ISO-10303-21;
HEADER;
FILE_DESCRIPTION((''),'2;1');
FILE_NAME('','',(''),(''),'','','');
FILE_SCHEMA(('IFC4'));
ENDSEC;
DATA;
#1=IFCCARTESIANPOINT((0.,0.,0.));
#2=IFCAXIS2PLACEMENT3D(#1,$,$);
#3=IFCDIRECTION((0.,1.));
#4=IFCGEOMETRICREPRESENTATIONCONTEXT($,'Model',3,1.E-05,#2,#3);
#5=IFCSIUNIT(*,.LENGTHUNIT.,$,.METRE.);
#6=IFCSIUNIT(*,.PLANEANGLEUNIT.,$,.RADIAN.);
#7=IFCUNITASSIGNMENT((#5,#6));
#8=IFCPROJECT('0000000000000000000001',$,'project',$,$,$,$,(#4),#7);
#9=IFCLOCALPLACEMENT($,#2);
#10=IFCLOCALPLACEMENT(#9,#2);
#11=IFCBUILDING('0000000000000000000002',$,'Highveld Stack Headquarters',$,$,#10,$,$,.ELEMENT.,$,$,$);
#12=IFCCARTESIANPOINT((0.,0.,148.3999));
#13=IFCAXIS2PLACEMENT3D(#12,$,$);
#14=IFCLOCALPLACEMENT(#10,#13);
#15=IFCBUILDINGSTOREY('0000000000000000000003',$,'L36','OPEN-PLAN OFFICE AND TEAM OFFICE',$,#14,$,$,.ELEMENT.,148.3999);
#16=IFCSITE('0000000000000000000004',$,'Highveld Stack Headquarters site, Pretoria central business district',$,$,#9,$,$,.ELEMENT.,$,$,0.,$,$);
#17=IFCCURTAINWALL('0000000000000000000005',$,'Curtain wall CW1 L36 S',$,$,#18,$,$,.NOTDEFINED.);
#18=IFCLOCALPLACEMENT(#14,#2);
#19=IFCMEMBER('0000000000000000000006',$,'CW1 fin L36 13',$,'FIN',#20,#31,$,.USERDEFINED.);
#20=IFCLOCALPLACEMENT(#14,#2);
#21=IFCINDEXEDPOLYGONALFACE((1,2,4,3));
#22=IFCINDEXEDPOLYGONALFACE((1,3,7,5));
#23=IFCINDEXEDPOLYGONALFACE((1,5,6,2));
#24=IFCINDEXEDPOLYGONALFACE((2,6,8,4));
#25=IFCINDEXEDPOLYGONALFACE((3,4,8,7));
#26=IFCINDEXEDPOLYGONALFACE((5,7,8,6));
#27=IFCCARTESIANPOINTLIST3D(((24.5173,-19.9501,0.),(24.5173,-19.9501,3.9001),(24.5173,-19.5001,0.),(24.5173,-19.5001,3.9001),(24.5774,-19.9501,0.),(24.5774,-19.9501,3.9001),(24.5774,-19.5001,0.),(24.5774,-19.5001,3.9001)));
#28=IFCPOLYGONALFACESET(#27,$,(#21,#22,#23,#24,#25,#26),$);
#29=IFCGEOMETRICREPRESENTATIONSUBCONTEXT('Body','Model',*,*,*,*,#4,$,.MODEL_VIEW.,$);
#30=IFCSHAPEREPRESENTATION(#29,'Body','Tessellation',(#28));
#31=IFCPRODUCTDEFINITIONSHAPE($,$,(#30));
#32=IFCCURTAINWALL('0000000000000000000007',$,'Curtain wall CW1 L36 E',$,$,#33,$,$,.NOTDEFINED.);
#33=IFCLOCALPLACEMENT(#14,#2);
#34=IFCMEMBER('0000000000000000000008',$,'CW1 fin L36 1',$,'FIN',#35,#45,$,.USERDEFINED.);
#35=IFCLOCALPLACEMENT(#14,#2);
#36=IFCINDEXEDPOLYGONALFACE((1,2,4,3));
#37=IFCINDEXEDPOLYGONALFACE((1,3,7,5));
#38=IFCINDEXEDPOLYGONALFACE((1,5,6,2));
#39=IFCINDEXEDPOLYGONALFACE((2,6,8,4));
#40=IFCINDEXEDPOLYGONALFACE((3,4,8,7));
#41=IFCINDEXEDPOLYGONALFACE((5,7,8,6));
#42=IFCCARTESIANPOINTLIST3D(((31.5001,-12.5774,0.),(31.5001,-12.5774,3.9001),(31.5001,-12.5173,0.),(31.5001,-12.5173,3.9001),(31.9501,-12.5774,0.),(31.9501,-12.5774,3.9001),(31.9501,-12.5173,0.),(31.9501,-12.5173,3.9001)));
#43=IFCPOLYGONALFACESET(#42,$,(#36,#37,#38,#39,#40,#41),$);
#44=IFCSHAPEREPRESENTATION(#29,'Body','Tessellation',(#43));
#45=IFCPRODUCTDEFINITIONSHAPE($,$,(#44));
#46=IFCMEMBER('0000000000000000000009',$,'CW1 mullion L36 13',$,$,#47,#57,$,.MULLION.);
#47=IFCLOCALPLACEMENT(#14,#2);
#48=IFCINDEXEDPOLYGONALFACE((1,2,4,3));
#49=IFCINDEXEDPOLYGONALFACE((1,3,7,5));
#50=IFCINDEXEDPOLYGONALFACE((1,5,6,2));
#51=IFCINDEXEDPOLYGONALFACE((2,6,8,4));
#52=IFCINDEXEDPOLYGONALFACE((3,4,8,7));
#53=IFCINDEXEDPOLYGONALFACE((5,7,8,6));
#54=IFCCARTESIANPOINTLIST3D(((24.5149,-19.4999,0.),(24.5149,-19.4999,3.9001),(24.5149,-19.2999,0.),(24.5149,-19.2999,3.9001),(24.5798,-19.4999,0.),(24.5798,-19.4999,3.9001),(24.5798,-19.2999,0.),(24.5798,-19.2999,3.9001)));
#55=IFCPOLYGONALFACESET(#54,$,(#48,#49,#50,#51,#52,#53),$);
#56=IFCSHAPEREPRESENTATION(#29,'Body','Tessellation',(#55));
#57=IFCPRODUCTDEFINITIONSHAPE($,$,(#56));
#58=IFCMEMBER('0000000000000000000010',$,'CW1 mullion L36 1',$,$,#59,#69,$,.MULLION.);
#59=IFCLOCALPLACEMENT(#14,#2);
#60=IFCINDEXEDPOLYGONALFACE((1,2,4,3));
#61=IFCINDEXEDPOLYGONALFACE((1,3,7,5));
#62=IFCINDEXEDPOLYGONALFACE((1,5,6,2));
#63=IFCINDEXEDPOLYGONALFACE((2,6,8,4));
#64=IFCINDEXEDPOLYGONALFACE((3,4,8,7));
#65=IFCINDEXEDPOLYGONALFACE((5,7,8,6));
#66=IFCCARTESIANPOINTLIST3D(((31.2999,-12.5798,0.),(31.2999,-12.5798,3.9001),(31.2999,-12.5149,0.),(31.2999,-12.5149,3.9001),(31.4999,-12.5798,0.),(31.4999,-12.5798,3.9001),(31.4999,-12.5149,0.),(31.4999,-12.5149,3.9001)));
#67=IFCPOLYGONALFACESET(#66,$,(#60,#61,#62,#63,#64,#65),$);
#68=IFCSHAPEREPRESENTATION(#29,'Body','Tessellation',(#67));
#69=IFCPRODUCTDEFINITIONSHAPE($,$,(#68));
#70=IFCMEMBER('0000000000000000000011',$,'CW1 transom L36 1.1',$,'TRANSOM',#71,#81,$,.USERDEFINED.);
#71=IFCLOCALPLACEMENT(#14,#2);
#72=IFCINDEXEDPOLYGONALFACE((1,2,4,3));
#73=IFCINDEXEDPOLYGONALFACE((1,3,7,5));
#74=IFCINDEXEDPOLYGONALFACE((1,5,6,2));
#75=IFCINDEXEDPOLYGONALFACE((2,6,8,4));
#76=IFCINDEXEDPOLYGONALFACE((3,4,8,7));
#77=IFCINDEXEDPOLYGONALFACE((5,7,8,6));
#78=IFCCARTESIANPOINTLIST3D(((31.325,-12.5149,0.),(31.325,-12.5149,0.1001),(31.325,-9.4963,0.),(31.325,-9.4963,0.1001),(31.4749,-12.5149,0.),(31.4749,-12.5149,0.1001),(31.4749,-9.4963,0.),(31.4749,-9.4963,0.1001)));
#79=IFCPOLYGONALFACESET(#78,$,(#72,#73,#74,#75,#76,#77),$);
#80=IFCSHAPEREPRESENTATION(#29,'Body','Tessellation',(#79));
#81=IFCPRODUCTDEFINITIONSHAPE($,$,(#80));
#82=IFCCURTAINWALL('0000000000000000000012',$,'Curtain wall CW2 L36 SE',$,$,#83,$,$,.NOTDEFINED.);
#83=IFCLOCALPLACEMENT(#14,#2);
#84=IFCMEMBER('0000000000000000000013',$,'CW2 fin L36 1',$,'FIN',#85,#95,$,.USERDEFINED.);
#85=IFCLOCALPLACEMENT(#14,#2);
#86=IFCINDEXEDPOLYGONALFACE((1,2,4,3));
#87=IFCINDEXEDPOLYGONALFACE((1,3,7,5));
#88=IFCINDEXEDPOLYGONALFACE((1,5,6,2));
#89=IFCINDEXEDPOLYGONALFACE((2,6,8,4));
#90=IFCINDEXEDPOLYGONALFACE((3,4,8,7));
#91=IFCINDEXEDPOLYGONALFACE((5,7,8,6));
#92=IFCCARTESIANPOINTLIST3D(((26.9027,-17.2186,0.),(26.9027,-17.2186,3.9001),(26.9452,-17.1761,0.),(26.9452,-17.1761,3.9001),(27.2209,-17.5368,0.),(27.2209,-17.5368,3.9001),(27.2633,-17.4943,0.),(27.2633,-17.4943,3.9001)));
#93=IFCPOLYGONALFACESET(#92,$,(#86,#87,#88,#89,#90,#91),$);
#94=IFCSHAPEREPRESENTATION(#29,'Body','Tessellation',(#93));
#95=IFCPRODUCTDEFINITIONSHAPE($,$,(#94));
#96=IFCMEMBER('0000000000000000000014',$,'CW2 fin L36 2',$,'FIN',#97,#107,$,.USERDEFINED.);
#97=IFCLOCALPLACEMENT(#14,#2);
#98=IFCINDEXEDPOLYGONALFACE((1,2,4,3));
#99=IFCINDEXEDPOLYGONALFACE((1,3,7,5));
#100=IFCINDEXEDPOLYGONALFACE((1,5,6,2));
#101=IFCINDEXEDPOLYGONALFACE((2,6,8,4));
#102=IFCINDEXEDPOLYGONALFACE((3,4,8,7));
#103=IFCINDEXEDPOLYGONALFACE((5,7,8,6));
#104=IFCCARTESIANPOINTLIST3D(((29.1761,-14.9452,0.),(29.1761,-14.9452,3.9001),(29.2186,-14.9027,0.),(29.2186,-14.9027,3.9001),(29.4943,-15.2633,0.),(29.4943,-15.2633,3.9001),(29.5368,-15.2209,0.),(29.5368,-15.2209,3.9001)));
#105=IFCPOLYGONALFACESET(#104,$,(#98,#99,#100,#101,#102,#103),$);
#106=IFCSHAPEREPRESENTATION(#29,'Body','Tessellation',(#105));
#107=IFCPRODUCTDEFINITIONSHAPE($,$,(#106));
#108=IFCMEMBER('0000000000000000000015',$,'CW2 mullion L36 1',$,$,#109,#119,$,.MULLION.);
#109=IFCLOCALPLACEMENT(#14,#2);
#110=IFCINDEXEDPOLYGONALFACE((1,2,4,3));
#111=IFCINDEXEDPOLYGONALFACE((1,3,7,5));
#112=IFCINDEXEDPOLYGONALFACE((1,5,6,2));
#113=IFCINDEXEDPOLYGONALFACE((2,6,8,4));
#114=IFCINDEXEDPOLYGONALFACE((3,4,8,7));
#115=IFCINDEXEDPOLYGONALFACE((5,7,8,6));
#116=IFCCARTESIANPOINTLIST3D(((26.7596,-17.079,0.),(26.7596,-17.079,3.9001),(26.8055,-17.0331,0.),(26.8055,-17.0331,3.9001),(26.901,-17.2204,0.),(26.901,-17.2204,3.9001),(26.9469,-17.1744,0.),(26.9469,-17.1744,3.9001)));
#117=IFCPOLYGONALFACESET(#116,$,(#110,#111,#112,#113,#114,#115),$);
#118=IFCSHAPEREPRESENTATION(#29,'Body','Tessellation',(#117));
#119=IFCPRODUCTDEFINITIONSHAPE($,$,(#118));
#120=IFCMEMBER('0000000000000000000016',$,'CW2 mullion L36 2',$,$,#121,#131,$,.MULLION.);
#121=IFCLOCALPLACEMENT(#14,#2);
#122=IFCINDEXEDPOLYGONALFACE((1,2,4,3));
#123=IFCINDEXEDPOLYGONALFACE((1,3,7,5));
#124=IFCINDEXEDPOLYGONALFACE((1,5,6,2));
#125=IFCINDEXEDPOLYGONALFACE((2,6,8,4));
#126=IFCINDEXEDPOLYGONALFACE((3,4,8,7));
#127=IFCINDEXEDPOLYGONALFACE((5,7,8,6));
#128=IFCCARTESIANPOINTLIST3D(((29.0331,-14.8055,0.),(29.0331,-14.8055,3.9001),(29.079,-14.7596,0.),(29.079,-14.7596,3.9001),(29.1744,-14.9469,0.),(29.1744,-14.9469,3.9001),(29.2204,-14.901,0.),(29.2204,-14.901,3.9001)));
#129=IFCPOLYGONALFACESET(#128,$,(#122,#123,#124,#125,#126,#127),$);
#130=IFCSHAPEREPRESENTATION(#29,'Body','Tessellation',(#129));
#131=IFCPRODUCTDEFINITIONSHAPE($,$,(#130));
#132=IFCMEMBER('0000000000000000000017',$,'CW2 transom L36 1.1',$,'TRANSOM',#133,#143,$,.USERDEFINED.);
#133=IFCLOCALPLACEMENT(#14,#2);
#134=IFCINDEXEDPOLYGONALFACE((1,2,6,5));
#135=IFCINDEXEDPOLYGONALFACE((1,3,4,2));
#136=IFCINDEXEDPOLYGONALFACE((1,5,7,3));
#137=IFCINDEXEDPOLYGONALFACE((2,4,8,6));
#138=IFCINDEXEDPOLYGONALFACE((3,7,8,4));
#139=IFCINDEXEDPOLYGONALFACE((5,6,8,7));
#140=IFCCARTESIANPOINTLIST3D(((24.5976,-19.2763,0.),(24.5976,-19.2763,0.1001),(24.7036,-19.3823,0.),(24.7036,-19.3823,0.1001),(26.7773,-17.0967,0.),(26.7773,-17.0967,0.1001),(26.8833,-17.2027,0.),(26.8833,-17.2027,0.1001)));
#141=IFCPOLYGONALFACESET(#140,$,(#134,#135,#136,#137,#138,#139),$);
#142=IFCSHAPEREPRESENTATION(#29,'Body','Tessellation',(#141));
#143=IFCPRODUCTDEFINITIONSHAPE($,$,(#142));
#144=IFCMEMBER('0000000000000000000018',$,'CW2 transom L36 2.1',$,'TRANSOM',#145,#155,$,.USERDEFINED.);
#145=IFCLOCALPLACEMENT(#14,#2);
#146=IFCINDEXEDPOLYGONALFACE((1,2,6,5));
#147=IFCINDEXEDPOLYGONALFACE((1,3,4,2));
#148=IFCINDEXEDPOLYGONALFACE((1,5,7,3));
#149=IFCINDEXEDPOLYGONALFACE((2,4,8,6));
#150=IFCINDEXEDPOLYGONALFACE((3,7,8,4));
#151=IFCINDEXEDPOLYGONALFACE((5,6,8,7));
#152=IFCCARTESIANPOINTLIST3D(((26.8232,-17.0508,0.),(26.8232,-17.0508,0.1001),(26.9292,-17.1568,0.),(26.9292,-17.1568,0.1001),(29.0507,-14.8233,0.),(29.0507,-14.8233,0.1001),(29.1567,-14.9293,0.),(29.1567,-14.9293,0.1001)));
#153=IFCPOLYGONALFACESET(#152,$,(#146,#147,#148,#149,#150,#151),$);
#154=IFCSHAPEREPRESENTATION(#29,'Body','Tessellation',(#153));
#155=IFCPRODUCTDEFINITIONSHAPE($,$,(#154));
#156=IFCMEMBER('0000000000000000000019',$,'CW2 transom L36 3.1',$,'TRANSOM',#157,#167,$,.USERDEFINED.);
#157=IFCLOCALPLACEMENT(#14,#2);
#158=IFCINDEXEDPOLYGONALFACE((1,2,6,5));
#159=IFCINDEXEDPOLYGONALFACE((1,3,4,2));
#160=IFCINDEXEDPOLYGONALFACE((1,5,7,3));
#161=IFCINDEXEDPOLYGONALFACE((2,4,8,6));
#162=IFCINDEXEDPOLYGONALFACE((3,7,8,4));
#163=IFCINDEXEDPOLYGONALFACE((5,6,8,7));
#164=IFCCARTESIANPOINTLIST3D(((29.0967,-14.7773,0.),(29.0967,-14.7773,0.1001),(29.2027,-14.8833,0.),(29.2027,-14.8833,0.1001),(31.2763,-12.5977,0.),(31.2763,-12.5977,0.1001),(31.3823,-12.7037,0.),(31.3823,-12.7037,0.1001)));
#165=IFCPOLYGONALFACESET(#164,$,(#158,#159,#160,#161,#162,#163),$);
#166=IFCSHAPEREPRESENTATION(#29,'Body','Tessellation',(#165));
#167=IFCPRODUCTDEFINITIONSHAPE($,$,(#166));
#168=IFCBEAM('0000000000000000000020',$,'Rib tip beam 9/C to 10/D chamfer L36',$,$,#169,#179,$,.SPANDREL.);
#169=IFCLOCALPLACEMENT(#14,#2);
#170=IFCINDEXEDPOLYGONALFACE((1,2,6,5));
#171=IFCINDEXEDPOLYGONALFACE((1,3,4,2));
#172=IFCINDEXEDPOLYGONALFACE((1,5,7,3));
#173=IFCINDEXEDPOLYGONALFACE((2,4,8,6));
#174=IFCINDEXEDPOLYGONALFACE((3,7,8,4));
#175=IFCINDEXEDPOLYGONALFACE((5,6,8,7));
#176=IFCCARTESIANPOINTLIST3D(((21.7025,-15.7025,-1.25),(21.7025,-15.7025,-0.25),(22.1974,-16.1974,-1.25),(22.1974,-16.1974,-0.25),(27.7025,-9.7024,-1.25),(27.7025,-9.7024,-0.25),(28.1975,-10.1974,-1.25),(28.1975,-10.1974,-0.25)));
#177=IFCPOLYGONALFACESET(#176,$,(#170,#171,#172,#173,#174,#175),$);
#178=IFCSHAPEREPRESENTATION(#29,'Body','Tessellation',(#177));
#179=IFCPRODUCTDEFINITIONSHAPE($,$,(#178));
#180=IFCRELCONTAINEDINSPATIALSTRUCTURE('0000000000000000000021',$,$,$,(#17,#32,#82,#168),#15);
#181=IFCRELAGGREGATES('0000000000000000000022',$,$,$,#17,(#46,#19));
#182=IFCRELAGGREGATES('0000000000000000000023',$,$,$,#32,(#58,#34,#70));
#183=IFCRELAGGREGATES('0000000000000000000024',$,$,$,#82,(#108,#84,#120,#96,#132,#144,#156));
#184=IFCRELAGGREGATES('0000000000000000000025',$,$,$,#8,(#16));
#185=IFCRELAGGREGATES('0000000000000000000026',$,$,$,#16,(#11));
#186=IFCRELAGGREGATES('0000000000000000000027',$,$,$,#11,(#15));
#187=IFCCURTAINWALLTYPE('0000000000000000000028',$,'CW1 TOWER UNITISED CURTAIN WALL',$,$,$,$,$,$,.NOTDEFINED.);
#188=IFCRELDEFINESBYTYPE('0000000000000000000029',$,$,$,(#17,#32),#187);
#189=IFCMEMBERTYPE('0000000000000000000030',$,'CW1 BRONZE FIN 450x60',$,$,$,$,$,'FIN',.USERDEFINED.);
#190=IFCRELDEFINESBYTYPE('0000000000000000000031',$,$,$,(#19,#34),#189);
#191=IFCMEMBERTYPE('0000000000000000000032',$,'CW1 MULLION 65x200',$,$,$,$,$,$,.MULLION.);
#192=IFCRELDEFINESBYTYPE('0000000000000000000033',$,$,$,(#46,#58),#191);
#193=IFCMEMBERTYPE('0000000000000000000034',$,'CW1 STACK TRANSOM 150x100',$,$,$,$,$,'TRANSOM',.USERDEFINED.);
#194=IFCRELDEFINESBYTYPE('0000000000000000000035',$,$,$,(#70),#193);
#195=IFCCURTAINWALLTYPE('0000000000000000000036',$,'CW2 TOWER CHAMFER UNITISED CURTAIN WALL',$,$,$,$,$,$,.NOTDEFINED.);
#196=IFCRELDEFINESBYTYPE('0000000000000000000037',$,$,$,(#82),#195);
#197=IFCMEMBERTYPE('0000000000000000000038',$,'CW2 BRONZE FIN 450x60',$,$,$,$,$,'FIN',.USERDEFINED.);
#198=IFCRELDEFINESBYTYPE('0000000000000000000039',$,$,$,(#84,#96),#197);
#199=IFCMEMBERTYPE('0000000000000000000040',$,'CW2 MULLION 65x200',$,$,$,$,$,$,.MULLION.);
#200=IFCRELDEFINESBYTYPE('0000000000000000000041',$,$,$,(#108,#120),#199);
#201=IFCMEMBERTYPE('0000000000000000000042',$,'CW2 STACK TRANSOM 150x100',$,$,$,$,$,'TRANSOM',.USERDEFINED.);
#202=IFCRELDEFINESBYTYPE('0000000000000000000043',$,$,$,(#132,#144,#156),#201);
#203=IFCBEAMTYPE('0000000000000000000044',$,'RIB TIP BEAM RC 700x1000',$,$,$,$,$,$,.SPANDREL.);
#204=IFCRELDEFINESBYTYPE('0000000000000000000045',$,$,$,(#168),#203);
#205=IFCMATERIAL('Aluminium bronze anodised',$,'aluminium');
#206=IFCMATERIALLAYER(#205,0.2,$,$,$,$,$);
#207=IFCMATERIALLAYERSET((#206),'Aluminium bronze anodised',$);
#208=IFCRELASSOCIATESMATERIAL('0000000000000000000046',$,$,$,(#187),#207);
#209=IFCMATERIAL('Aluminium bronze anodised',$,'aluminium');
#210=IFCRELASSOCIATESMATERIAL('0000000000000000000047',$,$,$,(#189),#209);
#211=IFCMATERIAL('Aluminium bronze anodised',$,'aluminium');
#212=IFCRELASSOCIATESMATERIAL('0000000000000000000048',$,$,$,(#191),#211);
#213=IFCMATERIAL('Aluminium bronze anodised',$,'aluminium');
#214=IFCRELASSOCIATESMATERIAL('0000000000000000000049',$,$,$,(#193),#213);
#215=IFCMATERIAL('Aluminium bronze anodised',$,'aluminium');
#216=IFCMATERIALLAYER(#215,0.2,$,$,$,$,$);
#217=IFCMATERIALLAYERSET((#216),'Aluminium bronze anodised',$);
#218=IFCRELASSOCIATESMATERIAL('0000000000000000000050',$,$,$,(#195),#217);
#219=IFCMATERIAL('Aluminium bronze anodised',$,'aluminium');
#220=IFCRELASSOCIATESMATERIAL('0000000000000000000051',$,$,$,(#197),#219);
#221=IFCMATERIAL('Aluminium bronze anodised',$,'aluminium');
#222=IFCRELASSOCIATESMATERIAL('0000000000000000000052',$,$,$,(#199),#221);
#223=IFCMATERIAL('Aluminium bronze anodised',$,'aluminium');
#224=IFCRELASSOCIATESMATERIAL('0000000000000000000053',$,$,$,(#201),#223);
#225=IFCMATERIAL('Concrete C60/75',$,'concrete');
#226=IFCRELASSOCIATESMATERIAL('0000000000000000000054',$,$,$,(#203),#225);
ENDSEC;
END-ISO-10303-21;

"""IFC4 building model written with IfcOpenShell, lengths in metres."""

from ifc_helpers import new_model, si_unit, direction, frame, origin, origin_2d, place, context, subcontext, project, spatial, rectangle, extrude, material, layer, layer_set, material_profile, profile_set, type_object, element, aggregate, save


model = new_model("IFC4")

# Units and contexts
model_context = context("Model", 3, precision=1e-05, world=origin(), true_north=direction((0.0, 1.0)))
body_context = subcontext(model_context, "Body", "Model", "MODEL_VIEW")
ifc_project = project(units=[si_unit("LENGTHUNIT", "METRE"), si_unit("PLANEANGLEUNIT", "RADIAN")], contexts=[model_context])

# Site, building, storey
site_placement = place(None, origin())
site = spatial("IfcSite", under=ifc_project, at=site_placement, Name="Highveld Stack Headquarters site, Pretoria central business district", CompositionType="ELEMENT", RefElevation=0.0)
building_placement = place(site_placement, origin())
building = spatial("IfcBuilding", under=site, at=building_placement, Name="Highveld Stack Headquarters", CompositionType="ELEMENT")
storey_placement = place(building_placement, frame((0.0, 0.0, 148.3999)))
storey = spatial("IfcBuildingStorey", under=building, at=storey_placement, Name="L36", Description="OPEN-PLAN OFFICE AND TEAM OFFICE", CompositionType="ELEMENT", Elevation=148.3999)

# Curtain walls, members
ifc_material_1 = material(Name="Aluminium bronze anodised", Category="aluminium")
ifc_layer_1 = layer(ifc_material_1, 0.2)
ifc_layer_set_1 = layer_set([ifc_layer_1], Name="Aluminium bronze anodised")
curtain_wall_type_1 = type_object("IfcCurtainWallType", Name="CW1 TOWER UNITISED CURTAIN WALL", PredefinedType="NOTDEFINED", material=ifc_layer_set_1)
curtain_wall_1_placement = place(storey_placement, origin())
curtain_wall_1 = element("IfcCurtainWall", 1, at=curtain_wall_1_placement, inside=storey, type_object=curtain_wall_type_1, Name="Curtain wall CW1 L36 S", PredefinedType="NOTDEFINED")
ifc_material_2 = material(Name="Aluminium bronze anodised", Category="aluminium")
ifc_material_profile_1 = material_profile(ifc_material_2, rectangle(XDim=0.45, YDim=0.0601, at=origin_2d()), Name="FIN 450x60")
ifc_profile_set_1 = profile_set([ifc_material_profile_1], Name="Aluminium bronze anodised")
member_type_1 = type_object("IfcMemberType", Name="CW1 BRONZE FIN 450x60", ElementType="FIN", PredefinedType="USERDEFINED", material=ifc_profile_set_1)
member_1_placement = place(storey_placement, frame((24.5474, -19.7251, 0.0), z_axis=(0.0, 0.0, 1.0), x_axis=(0.0, 1.0, 0.0)))
member_1 = element("IfcMember", 2, at=member_1_placement, type_object=member_type_1, Name="CW1 fin L36 13", ObjectType="FIN", PredefinedType="USERDEFINED", context=body_context, shape_type="SweptSolid", body=[
    extrude(rectangle(XDim=0.45, YDim=0.0601, at=origin_2d()), origin(), (0.0, 0.0, 1.0), 3.9001),
])
curtain_wall_2_placement = place(storey_placement, origin())
curtain_wall_2 = element("IfcCurtainWall", 3, at=curtain_wall_2_placement, inside=storey, type_object=curtain_wall_type_1, Name="Curtain wall CW1 L36 E", PredefinedType="NOTDEFINED")
member_2_placement = place(storey_placement, frame((31.7251, -12.5474, 0.0), z_axis=(0.0, 0.0, 1.0), x_axis=(-1.0, 0.0, 0.0)))
member_2 = element("IfcMember", 4, at=member_2_placement, type_object=member_type_1, Name="CW1 fin L36 1", ObjectType="FIN", PredefinedType="USERDEFINED", context=body_context, shape_type="SweptSolid", body=[
    extrude(rectangle(XDim=0.45, YDim=0.0601, at=origin_2d()), origin(), (0.0, 0.0, 1.0), 3.9001),
])

# Members
ifc_material_3 = material(Name="Aluminium bronze anodised", Category="aluminium")
ifc_material_profile_2 = material_profile(ifc_material_3, rectangle(XDim=0.2, YDim=0.0649, at=origin_2d()), Name="CW1 MULLION 65x200")
ifc_profile_set_2 = profile_set([ifc_material_profile_2], Name="Aluminium bronze anodised")
member_type_2 = type_object("IfcMemberType", Name="CW1 MULLION 65x200", PredefinedType="MULLION", material=ifc_profile_set_2)
member_3_placement = place(storey_placement, frame((24.5474, -19.3999, 0.0), z_axis=(0.0, 0.0, 1.0), x_axis=(0.0, 1.0, 0.0)))
member_3 = element("IfcMember", 5, at=member_3_placement, type_object=member_type_2, Name="CW1 mullion L36 13", PredefinedType="MULLION", context=body_context, shape_type="SweptSolid", body=[
    extrude(rectangle(XDim=0.2, YDim=0.0649, at=origin_2d()), origin(), (0.0, 0.0, 1.0), 3.9001),
])
member_4_placement = place(storey_placement, frame((31.3999, -12.5474, 0.0), z_axis=(0.0, 0.0, 1.0), x_axis=(-1.0, 0.0, 0.0)))
member_4 = element("IfcMember", 6, at=member_4_placement, type_object=member_type_2, Name="CW1 mullion L36 1", PredefinedType="MULLION", context=body_context, shape_type="SweptSolid", body=[
    extrude(rectangle(XDim=0.2, YDim=0.0649, at=origin_2d()), origin(), (0.0, 0.0, 1.0), 3.9001),
])
ifc_material_4 = material(Name="Aluminium bronze anodised", Category="aluminium")
ifc_material_profile_3 = material_profile(ifc_material_4, rectangle(XDim=0.1499, YDim=0.1001, at=origin_2d()), Name="CW1 TRANSOM 150x100")
ifc_profile_set_3 = profile_set([ifc_material_profile_3], Name="Aluminium bronze anodised")
member_type_3 = type_object("IfcMemberType", Name="CW1 STACK TRANSOM 150x100", ElementType="TRANSOM", PredefinedType="USERDEFINED", material=ifc_profile_set_3)
member_5_placement = place(storey_placement, frame((31.3999, -12.5149, 0.05), z_axis=(0.0, 1.0, 0.0), x_axis=(-1.0, 0.0, 0.0)))
member_5 = element("IfcMember", 7, at=member_5_placement, type_object=member_type_3, Name="CW1 transom L36 1.1", ObjectType="TRANSOM", PredefinedType="USERDEFINED", context=body_context, shape_type="SweptSolid", body=[
    extrude(rectangle(XDim=0.1499, YDim=0.1001, at=origin_2d()), origin(), (0.0, 0.0, 1.0), 3.0186),
])

# Curtain wall, members
ifc_material_5 = material(Name="Aluminium bronze anodised", Category="aluminium")
ifc_layer_2 = layer(ifc_material_5, 0.2)
ifc_layer_set_2 = layer_set([ifc_layer_2], Name="Aluminium bronze anodised")
curtain_wall_type_2 = type_object("IfcCurtainWallType", Name="CW2 TOWER CHAMFER UNITISED CURTAIN WALL", PredefinedType="NOTDEFINED", material=ifc_layer_set_2)
curtain_wall_3_placement = place(storey_placement, origin())
curtain_wall_3 = element("IfcCurtainWall", 8, at=curtain_wall_3_placement, inside=storey, type_object=curtain_wall_type_2, Name="Curtain wall CW2 L36 SE", PredefinedType="NOTDEFINED")
ifc_material_6 = material(Name="Aluminium bronze anodised", Category="aluminium")
ifc_material_profile_4 = material_profile(ifc_material_6, rectangle(XDim=0.45, YDim=0.0601, at=origin_2d()), Name="FIN 450x60")
ifc_profile_set_4 = profile_set([ifc_material_profile_4], Name="Aluminium bronze anodised")
member_type_4 = type_object("IfcMemberType", Name="CW2 BRONZE FIN 450x60", ElementType="FIN", PredefinedType="USERDEFINED", material=ifc_profile_set_4)
member_6_placement = place(storey_placement, frame((27.083, -17.3564, 0.0), z_axis=(0.0, 0.0, 1.0), x_axis=(-0.707107, 0.707107, 0.0)))
member_6 = element("IfcMember", 9, at=member_6_placement, type_object=member_type_4, Name="CW2 fin L36 1", ObjectType="FIN", PredefinedType="USERDEFINED", context=body_context, shape_type="SweptSolid", body=[
    extrude(rectangle(XDim=0.45, YDim=0.0601, at=origin_2d()), origin(), (0.0, 0.0, 1.0), 3.9001),
])
member_7_placement = place(storey_placement, frame((29.3564, -15.083, 0.0), z_axis=(0.0, 0.0, 1.0), x_axis=(-0.707107, 0.707107, 0.0)))
member_7 = element("IfcMember", 10, at=member_7_placement, type_object=member_type_4, Name="CW2 fin L36 2", ObjectType="FIN", PredefinedType="USERDEFINED", context=body_context, shape_type="SweptSolid", body=[
    extrude(rectangle(XDim=0.45, YDim=0.0601, at=origin_2d()), origin(), (0.0, 0.0, 1.0), 3.9001),
])
ifc_material_7 = material(Name="Aluminium bronze anodised", Category="aluminium")
ifc_material_profile_5 = material_profile(ifc_material_7, rectangle(XDim=0.2, YDim=0.0649, at=origin_2d()), Name="CW2 MULLION 65x200")
ifc_profile_set_5 = profile_set([ifc_material_profile_5], Name="Aluminium bronze anodised")
member_type_5 = type_object("IfcMemberType", Name="CW2 MULLION 65x200", PredefinedType="MULLION", material=ifc_profile_set_5)
member_8_placement = place(storey_placement, frame((26.8533, -17.1267, 0.0), z_axis=(0.0, 0.0, 1.0), x_axis=(-0.707107, 0.707107, 0.0)))
member_8 = element("IfcMember", 11, at=member_8_placement, type_object=member_type_5, Name="CW2 mullion L36 1", PredefinedType="MULLION", context=body_context, shape_type="SweptSolid", body=[
    extrude(rectangle(XDim=0.2, YDim=0.0649, at=origin_2d()), origin(), (0.0, 0.0, 1.0), 3.9001),
])
member_9_placement = place(storey_placement, frame((29.1267, -14.8533, 0.0), z_axis=(0.0, 0.0, 1.0), x_axis=(-0.707107, 0.707107, 0.0)))
member_9 = element("IfcMember", 12, at=member_9_placement, type_object=member_type_5, Name="CW2 mullion L36 2", PredefinedType="MULLION", context=body_context, shape_type="SweptSolid", body=[
    extrude(rectangle(XDim=0.2, YDim=0.0649, at=origin_2d()), origin(), (0.0, 0.0, 1.0), 3.9001),
])
ifc_material_8 = material(Name="Aluminium bronze anodised", Category="aluminium")
ifc_material_profile_6 = material_profile(ifc_material_8, rectangle(XDim=0.1499, YDim=0.1001, at=origin_2d()), Name="CW2 TRANSOM 150x100")
ifc_profile_set_6 = profile_set([ifc_material_profile_6], Name="Aluminium bronze anodised")
member_type_6 = type_object("IfcMemberType", Name="CW2 STACK TRANSOM 150x100", ElementType="TRANSOM", PredefinedType="USERDEFINED", material=ifc_profile_set_6)
member_10_placement = place(storey_placement, frame((24.6506, -19.3293, 0.05), z_axis=(0.707107, 0.707107, 0.0), x_axis=(-0.707107, 0.707107, 0.0)))
member_10 = element("IfcMember", 13, at=member_10_placement, type_object=member_type_6, Name="CW2 transom L36 1.1", ObjectType="TRANSOM", PredefinedType="USERDEFINED", context=body_context, shape_type="SweptSolid", body=[
    extrude(rectangle(XDim=0.1499, YDim=0.1001, at=origin_2d()), origin(), (0.0, 0.0, 1.0), 3.0825),
])
member_11_placement = place(storey_placement, frame((26.8762, -17.1038, 0.05), z_axis=(0.707107, 0.707107, 0.0), x_axis=(-0.707107, 0.707107, 0.0)))
member_11 = element("IfcMember", 14, at=member_11_placement, type_object=member_type_6, Name="CW2 transom L36 2.1", ObjectType="TRANSOM", PredefinedType="USERDEFINED", context=body_context, shape_type="SweptSolid", body=[
    extrude(rectangle(XDim=0.1499, YDim=0.1001, at=origin_2d()), origin(), (0.0, 0.0, 1.0), 3.1501),
])
member_12_placement = place(storey_placement, frame((29.1497, -14.8303, 0.05), z_axis=(0.707107, 0.707107, 0.0), x_axis=(-0.707107, 0.707107, 0.0)))
member_12 = element("IfcMember", 15, at=member_12_placement, type_object=member_type_6, Name="CW2 transom L36 3.1", ObjectType="TRANSOM", PredefinedType="USERDEFINED", context=body_context, shape_type="SweptSolid", body=[
    extrude(rectangle(XDim=0.1499, YDim=0.1001, at=origin_2d()), origin(), (0.0, 0.0, 1.0), 3.0825),
])

# Beam
ifc_material_9 = material(Name="Concrete C60/75", Category="concrete")
ifc_material_profile_7 = material_profile(ifc_material_9, rectangle(XDim=0.7, YDim=1.0, at=origin_2d()), Name="RC 700x1000")
ifc_profile_set_7 = profile_set([ifc_material_profile_7], Name="Concrete C60/75")
beam_type = type_object("IfcBeamType", Name="RIB TIP BEAM RC 700x1000", PredefinedType="SPANDREL", material=ifc_profile_set_7)
for number, where, z_axis, x_axis, name in (
    (16, (21.95, -15.95, -0.75), (0.707107, 0.707107, 0.0), (-0.707107, 0.707107, 0.0), "Rib tip beam 9/C to 10/D chamfer L36"),
):
    element("IfcBeam", number, at=place(storey_placement, frame(where, z_axis=z_axis, x_axis=x_axis)), inside=storey, type_object=beam_type, Name=name, PredefinedType="SPANDREL", context=body_context, shape_type="SweptSolid", body=[
        extrude(rectangle(XDim=0.7, YDim=1.0, at=origin_2d()), origin(), (0.0, 0.0, 1.0), 8.4854),
    ])

aggregate(curtain_wall_1, [member_3, member_1])
aggregate(curtain_wall_2, [member_4, member_2, member_5])
aggregate(curtain_wall_3, [member_8, member_6, member_9, member_7, member_10, member_11, member_12])

save(model, "model.ifc")
